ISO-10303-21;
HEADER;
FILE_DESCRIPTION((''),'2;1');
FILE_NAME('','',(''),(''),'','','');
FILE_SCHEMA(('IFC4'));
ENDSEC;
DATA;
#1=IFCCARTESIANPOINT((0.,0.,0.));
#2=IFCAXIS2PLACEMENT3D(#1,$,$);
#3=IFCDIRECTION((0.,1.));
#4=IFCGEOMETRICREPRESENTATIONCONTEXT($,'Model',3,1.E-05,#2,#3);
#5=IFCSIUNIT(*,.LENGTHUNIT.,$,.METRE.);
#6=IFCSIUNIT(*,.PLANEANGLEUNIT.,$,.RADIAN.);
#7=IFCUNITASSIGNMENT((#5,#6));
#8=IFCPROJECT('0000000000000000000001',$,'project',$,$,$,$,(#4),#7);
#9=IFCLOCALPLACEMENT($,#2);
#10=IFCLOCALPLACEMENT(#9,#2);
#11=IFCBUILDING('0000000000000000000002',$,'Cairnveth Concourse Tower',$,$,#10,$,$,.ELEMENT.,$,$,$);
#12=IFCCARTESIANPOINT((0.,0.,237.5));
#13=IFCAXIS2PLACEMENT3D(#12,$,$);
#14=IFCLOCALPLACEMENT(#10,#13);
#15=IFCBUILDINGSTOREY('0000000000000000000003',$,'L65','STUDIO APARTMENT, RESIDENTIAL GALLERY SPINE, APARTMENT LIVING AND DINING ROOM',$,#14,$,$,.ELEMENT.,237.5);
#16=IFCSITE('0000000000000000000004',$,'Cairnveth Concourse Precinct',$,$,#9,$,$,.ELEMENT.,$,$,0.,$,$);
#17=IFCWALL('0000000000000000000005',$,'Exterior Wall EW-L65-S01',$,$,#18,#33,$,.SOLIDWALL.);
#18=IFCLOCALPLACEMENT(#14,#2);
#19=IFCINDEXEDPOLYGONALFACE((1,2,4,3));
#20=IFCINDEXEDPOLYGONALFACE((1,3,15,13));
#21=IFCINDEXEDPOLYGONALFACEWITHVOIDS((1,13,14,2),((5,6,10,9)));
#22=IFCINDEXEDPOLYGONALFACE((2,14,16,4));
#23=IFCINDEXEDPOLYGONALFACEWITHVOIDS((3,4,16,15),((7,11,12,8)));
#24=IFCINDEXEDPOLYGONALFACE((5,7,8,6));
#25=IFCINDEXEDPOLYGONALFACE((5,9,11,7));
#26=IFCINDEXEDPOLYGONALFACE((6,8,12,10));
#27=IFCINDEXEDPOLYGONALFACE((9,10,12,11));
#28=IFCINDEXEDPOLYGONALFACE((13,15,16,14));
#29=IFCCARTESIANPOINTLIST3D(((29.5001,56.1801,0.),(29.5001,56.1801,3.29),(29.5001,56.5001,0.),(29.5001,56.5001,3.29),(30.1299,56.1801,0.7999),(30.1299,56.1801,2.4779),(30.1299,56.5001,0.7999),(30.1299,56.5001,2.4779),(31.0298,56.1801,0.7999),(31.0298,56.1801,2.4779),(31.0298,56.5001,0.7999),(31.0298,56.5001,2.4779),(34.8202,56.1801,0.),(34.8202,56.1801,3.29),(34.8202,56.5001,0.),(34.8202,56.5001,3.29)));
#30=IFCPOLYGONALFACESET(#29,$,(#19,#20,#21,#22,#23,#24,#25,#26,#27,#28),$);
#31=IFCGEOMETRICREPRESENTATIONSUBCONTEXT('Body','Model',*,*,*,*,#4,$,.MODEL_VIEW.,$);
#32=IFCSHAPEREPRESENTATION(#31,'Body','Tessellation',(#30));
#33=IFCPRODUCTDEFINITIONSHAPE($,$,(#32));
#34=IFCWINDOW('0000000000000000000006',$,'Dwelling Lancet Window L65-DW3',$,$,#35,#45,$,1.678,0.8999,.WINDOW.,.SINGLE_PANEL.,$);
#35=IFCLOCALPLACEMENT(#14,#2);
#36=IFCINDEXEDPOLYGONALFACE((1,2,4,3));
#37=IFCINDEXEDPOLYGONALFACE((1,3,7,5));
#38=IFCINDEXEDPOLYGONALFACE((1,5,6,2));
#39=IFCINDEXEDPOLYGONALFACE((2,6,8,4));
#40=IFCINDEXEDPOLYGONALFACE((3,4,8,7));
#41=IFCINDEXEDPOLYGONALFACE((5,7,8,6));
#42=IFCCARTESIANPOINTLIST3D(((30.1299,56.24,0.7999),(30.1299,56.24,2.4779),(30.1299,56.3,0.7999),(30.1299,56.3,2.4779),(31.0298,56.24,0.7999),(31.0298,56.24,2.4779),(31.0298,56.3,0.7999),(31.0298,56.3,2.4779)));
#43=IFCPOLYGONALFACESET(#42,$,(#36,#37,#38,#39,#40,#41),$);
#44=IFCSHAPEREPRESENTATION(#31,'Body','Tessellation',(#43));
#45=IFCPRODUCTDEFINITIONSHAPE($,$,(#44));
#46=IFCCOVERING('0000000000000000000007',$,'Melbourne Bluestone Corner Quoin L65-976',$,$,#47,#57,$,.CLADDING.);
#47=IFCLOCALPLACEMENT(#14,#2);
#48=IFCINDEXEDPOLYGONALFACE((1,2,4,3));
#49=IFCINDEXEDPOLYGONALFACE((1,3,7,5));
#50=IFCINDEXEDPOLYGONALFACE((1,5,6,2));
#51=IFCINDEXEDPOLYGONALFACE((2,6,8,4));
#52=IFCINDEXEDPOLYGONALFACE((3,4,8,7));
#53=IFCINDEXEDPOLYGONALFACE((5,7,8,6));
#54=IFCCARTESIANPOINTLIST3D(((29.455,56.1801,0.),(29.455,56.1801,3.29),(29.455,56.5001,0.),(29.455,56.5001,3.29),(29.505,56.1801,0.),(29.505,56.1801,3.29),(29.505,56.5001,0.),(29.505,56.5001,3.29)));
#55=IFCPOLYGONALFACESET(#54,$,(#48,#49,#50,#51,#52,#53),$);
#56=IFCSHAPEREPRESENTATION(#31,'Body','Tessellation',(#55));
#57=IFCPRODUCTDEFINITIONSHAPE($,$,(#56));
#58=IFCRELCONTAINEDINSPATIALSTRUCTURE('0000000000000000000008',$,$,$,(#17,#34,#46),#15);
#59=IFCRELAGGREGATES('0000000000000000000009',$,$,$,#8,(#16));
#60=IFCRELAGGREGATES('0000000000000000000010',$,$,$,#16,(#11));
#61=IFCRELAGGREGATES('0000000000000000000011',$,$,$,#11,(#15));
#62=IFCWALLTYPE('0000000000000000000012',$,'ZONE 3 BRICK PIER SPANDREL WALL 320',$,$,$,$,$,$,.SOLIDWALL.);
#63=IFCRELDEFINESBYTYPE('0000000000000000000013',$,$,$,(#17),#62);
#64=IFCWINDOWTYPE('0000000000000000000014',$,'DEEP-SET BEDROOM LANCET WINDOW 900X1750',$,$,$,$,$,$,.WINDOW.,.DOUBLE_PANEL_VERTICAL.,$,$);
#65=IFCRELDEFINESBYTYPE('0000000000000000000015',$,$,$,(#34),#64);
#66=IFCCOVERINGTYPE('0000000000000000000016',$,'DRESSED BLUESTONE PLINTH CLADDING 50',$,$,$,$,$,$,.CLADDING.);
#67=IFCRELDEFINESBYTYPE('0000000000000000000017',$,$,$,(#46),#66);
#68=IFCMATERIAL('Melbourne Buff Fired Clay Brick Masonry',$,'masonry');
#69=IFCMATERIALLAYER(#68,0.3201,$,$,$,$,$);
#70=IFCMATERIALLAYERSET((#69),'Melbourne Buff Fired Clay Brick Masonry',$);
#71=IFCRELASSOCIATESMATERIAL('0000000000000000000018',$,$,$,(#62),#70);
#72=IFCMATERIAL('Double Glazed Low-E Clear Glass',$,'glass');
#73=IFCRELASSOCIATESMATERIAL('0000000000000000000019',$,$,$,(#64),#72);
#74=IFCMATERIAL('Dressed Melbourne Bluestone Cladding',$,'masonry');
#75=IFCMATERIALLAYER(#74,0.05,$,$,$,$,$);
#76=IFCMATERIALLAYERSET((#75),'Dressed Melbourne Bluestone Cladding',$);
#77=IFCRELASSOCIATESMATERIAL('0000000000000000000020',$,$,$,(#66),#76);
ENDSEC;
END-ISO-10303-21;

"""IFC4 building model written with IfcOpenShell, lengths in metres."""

from ifc_helpers import new_model, si_unit, direction, frame, frame_2d, origin, place, context, subcontext, project, spatial, rectangle, extrude, material, layer, layer_set, type_object, element, fill, save


model = new_model("IFC4")

# Units and contexts
model_context = context("Model", 3, precision=1e-05, world=origin(), true_north=direction((0.0, 1.0)))
body_context = subcontext(model_context, "Body", "Model", "MODEL_VIEW")
ifc_project = project(units=[si_unit("LENGTHUNIT", "METRE"), si_unit("PLANEANGLEUNIT", "RADIAN")], contexts=[model_context])

# Site, building, storey
site_placement = place(None, origin())
site = spatial("IfcSite", under=ifc_project, at=site_placement, Name="Cairnveth Concourse Precinct", CompositionType="ELEMENT", RefElevation=0.0)
building_placement = place(site_placement, origin())
building = spatial("IfcBuilding", under=site, at=building_placement, Name="Cairnveth Concourse Tower", CompositionType="ELEMENT")
storey_placement = place(building_placement, frame((0.0, 0.0, 237.5)))
storey = spatial("IfcBuildingStorey", under=building, at=storey_placement, Name="L65", Description="STUDIO APARTMENT, RESIDENTIAL GALLERY SPINE, APARTMENT LIVING AND DINING ROOM", CompositionType="ELEMENT", Elevation=237.5)

# Wall, opening, window
ifc_material_1 = material(Name="Melbourne Buff Fired Clay Brick Masonry", Category="masonry")
ifc_layer_1 = layer(ifc_material_1, 0.3201)
ifc_layer_set_1 = layer_set([ifc_layer_1], Name="Melbourne Buff Fired Clay Brick Masonry")
wall_type_1 = type_object("IfcWallType", Name="ZONE 3 BRICK PIER SPANDREL WALL 320", PredefinedType="SOLIDWALL", material=ifc_layer_set_1)
wall_1_placement = place(storey_placement, frame((29.5, 56.3401, 0.0), z_axis=(0.0, 0.0, 1.0), x_axis=(1.0, 0.0, 0.0)))
wall_1 = element("IfcWall", 1, at=wall_1_placement, inside=storey, type_object=wall_type_1, Name="Exterior Wall EW-L65-S01", PredefinedType="SOLIDWALL", context=body_context, shape_type="SweptSolid", body=[
    extrude(rectangle(XDim=5.3201, YDim=0.3201, at=frame_2d((2.6602, 0.0))), origin(), (0.0, 0.0, 1.0), 3.29),
])
opening_1_placement = place(wall_1_placement, frame((0.6299, 0.0, 0.8)))
opening_1 = element("IfcOpeningElement", 2, at=opening_1_placement, cuts=wall_1, PredefinedType="OPENING", context=body_context, shape_type="SweptSolid", body=[
    extrude(rectangle(XDim=0.8999, YDim=1.678, at=frame_2d((0.45, 0.8389))), frame((0.0, 0.1699, 0.0), z_axis=(0.0, -1.0, 0.0), x_axis=(1.0, 0.0, 0.0)), (0.0, 0.0, 1.0), 0.3401),
])
ifc_material_2 = material(Name="Double Glazed Low-E Clear Glass", Category="glass")
window_type = type_object("IfcWindowType", Name="DEEP-SET BEDROOM LANCET WINDOW 900X1750", PartitioningType="DOUBLE_PANEL_VERTICAL", PredefinedType="WINDOW", material=ifc_material_2)
window_placement = place(opening_1_placement, origin())
window = element("IfcWindow", 3, at=window_placement, inside=storey, type_object=window_type, Name="Dwelling Lancet Window L65-DW3", OverallHeight=1.678, OverallWidth=0.8999, PartitioningType="SINGLE_PANEL", PredefinedType="WINDOW", context=body_context, shape_type="SweptSolid", body=[
    extrude(rectangle(XDim=0.8999, YDim=1.678, at=frame_2d((0.45, 0.8389))), frame((0.0, -0.04, 0.0), z_axis=(0.0, -1.0, 0.0), x_axis=(1.0, 0.0, 0.0)), (0.0, 0.0, 1.0), 0.0601),
])
fill(opening_1, window)

# Covering
ifc_material_3 = material(Name="Dressed Melbourne Bluestone Cladding", Category="masonry")
ifc_layer_2 = layer(ifc_material_3, 0.05)
ifc_layer_set_2 = layer_set([ifc_layer_2], Name="Dressed Melbourne Bluestone Cladding")
covering_type = type_object("IfcCoveringType", Name="DRESSED BLUESTONE PLINTH CLADDING 50", PredefinedType="CLADDING", material=ifc_layer_set_2)
covering_placement = place(storey_placement, frame((29.48, 56.1799, 0.0), z_axis=(0.0, 0.0, 1.0), x_axis=(0.0, 1.0, 0.0)))
element("IfcCovering", 4, at=covering_placement, inside=storey, type_object=covering_type, Name="Melbourne Bluestone Corner Quoin L65-976", PredefinedType="CLADDING", context=body_context, shape_type="SweptSolid", body=[
    extrude(rectangle(XDim=0.3201, YDim=0.05, at=frame_2d((0.1602, 0.0))), origin(), (0.0, 0.0, 1.0), 3.29),
])

save(model, "model.ifc")
